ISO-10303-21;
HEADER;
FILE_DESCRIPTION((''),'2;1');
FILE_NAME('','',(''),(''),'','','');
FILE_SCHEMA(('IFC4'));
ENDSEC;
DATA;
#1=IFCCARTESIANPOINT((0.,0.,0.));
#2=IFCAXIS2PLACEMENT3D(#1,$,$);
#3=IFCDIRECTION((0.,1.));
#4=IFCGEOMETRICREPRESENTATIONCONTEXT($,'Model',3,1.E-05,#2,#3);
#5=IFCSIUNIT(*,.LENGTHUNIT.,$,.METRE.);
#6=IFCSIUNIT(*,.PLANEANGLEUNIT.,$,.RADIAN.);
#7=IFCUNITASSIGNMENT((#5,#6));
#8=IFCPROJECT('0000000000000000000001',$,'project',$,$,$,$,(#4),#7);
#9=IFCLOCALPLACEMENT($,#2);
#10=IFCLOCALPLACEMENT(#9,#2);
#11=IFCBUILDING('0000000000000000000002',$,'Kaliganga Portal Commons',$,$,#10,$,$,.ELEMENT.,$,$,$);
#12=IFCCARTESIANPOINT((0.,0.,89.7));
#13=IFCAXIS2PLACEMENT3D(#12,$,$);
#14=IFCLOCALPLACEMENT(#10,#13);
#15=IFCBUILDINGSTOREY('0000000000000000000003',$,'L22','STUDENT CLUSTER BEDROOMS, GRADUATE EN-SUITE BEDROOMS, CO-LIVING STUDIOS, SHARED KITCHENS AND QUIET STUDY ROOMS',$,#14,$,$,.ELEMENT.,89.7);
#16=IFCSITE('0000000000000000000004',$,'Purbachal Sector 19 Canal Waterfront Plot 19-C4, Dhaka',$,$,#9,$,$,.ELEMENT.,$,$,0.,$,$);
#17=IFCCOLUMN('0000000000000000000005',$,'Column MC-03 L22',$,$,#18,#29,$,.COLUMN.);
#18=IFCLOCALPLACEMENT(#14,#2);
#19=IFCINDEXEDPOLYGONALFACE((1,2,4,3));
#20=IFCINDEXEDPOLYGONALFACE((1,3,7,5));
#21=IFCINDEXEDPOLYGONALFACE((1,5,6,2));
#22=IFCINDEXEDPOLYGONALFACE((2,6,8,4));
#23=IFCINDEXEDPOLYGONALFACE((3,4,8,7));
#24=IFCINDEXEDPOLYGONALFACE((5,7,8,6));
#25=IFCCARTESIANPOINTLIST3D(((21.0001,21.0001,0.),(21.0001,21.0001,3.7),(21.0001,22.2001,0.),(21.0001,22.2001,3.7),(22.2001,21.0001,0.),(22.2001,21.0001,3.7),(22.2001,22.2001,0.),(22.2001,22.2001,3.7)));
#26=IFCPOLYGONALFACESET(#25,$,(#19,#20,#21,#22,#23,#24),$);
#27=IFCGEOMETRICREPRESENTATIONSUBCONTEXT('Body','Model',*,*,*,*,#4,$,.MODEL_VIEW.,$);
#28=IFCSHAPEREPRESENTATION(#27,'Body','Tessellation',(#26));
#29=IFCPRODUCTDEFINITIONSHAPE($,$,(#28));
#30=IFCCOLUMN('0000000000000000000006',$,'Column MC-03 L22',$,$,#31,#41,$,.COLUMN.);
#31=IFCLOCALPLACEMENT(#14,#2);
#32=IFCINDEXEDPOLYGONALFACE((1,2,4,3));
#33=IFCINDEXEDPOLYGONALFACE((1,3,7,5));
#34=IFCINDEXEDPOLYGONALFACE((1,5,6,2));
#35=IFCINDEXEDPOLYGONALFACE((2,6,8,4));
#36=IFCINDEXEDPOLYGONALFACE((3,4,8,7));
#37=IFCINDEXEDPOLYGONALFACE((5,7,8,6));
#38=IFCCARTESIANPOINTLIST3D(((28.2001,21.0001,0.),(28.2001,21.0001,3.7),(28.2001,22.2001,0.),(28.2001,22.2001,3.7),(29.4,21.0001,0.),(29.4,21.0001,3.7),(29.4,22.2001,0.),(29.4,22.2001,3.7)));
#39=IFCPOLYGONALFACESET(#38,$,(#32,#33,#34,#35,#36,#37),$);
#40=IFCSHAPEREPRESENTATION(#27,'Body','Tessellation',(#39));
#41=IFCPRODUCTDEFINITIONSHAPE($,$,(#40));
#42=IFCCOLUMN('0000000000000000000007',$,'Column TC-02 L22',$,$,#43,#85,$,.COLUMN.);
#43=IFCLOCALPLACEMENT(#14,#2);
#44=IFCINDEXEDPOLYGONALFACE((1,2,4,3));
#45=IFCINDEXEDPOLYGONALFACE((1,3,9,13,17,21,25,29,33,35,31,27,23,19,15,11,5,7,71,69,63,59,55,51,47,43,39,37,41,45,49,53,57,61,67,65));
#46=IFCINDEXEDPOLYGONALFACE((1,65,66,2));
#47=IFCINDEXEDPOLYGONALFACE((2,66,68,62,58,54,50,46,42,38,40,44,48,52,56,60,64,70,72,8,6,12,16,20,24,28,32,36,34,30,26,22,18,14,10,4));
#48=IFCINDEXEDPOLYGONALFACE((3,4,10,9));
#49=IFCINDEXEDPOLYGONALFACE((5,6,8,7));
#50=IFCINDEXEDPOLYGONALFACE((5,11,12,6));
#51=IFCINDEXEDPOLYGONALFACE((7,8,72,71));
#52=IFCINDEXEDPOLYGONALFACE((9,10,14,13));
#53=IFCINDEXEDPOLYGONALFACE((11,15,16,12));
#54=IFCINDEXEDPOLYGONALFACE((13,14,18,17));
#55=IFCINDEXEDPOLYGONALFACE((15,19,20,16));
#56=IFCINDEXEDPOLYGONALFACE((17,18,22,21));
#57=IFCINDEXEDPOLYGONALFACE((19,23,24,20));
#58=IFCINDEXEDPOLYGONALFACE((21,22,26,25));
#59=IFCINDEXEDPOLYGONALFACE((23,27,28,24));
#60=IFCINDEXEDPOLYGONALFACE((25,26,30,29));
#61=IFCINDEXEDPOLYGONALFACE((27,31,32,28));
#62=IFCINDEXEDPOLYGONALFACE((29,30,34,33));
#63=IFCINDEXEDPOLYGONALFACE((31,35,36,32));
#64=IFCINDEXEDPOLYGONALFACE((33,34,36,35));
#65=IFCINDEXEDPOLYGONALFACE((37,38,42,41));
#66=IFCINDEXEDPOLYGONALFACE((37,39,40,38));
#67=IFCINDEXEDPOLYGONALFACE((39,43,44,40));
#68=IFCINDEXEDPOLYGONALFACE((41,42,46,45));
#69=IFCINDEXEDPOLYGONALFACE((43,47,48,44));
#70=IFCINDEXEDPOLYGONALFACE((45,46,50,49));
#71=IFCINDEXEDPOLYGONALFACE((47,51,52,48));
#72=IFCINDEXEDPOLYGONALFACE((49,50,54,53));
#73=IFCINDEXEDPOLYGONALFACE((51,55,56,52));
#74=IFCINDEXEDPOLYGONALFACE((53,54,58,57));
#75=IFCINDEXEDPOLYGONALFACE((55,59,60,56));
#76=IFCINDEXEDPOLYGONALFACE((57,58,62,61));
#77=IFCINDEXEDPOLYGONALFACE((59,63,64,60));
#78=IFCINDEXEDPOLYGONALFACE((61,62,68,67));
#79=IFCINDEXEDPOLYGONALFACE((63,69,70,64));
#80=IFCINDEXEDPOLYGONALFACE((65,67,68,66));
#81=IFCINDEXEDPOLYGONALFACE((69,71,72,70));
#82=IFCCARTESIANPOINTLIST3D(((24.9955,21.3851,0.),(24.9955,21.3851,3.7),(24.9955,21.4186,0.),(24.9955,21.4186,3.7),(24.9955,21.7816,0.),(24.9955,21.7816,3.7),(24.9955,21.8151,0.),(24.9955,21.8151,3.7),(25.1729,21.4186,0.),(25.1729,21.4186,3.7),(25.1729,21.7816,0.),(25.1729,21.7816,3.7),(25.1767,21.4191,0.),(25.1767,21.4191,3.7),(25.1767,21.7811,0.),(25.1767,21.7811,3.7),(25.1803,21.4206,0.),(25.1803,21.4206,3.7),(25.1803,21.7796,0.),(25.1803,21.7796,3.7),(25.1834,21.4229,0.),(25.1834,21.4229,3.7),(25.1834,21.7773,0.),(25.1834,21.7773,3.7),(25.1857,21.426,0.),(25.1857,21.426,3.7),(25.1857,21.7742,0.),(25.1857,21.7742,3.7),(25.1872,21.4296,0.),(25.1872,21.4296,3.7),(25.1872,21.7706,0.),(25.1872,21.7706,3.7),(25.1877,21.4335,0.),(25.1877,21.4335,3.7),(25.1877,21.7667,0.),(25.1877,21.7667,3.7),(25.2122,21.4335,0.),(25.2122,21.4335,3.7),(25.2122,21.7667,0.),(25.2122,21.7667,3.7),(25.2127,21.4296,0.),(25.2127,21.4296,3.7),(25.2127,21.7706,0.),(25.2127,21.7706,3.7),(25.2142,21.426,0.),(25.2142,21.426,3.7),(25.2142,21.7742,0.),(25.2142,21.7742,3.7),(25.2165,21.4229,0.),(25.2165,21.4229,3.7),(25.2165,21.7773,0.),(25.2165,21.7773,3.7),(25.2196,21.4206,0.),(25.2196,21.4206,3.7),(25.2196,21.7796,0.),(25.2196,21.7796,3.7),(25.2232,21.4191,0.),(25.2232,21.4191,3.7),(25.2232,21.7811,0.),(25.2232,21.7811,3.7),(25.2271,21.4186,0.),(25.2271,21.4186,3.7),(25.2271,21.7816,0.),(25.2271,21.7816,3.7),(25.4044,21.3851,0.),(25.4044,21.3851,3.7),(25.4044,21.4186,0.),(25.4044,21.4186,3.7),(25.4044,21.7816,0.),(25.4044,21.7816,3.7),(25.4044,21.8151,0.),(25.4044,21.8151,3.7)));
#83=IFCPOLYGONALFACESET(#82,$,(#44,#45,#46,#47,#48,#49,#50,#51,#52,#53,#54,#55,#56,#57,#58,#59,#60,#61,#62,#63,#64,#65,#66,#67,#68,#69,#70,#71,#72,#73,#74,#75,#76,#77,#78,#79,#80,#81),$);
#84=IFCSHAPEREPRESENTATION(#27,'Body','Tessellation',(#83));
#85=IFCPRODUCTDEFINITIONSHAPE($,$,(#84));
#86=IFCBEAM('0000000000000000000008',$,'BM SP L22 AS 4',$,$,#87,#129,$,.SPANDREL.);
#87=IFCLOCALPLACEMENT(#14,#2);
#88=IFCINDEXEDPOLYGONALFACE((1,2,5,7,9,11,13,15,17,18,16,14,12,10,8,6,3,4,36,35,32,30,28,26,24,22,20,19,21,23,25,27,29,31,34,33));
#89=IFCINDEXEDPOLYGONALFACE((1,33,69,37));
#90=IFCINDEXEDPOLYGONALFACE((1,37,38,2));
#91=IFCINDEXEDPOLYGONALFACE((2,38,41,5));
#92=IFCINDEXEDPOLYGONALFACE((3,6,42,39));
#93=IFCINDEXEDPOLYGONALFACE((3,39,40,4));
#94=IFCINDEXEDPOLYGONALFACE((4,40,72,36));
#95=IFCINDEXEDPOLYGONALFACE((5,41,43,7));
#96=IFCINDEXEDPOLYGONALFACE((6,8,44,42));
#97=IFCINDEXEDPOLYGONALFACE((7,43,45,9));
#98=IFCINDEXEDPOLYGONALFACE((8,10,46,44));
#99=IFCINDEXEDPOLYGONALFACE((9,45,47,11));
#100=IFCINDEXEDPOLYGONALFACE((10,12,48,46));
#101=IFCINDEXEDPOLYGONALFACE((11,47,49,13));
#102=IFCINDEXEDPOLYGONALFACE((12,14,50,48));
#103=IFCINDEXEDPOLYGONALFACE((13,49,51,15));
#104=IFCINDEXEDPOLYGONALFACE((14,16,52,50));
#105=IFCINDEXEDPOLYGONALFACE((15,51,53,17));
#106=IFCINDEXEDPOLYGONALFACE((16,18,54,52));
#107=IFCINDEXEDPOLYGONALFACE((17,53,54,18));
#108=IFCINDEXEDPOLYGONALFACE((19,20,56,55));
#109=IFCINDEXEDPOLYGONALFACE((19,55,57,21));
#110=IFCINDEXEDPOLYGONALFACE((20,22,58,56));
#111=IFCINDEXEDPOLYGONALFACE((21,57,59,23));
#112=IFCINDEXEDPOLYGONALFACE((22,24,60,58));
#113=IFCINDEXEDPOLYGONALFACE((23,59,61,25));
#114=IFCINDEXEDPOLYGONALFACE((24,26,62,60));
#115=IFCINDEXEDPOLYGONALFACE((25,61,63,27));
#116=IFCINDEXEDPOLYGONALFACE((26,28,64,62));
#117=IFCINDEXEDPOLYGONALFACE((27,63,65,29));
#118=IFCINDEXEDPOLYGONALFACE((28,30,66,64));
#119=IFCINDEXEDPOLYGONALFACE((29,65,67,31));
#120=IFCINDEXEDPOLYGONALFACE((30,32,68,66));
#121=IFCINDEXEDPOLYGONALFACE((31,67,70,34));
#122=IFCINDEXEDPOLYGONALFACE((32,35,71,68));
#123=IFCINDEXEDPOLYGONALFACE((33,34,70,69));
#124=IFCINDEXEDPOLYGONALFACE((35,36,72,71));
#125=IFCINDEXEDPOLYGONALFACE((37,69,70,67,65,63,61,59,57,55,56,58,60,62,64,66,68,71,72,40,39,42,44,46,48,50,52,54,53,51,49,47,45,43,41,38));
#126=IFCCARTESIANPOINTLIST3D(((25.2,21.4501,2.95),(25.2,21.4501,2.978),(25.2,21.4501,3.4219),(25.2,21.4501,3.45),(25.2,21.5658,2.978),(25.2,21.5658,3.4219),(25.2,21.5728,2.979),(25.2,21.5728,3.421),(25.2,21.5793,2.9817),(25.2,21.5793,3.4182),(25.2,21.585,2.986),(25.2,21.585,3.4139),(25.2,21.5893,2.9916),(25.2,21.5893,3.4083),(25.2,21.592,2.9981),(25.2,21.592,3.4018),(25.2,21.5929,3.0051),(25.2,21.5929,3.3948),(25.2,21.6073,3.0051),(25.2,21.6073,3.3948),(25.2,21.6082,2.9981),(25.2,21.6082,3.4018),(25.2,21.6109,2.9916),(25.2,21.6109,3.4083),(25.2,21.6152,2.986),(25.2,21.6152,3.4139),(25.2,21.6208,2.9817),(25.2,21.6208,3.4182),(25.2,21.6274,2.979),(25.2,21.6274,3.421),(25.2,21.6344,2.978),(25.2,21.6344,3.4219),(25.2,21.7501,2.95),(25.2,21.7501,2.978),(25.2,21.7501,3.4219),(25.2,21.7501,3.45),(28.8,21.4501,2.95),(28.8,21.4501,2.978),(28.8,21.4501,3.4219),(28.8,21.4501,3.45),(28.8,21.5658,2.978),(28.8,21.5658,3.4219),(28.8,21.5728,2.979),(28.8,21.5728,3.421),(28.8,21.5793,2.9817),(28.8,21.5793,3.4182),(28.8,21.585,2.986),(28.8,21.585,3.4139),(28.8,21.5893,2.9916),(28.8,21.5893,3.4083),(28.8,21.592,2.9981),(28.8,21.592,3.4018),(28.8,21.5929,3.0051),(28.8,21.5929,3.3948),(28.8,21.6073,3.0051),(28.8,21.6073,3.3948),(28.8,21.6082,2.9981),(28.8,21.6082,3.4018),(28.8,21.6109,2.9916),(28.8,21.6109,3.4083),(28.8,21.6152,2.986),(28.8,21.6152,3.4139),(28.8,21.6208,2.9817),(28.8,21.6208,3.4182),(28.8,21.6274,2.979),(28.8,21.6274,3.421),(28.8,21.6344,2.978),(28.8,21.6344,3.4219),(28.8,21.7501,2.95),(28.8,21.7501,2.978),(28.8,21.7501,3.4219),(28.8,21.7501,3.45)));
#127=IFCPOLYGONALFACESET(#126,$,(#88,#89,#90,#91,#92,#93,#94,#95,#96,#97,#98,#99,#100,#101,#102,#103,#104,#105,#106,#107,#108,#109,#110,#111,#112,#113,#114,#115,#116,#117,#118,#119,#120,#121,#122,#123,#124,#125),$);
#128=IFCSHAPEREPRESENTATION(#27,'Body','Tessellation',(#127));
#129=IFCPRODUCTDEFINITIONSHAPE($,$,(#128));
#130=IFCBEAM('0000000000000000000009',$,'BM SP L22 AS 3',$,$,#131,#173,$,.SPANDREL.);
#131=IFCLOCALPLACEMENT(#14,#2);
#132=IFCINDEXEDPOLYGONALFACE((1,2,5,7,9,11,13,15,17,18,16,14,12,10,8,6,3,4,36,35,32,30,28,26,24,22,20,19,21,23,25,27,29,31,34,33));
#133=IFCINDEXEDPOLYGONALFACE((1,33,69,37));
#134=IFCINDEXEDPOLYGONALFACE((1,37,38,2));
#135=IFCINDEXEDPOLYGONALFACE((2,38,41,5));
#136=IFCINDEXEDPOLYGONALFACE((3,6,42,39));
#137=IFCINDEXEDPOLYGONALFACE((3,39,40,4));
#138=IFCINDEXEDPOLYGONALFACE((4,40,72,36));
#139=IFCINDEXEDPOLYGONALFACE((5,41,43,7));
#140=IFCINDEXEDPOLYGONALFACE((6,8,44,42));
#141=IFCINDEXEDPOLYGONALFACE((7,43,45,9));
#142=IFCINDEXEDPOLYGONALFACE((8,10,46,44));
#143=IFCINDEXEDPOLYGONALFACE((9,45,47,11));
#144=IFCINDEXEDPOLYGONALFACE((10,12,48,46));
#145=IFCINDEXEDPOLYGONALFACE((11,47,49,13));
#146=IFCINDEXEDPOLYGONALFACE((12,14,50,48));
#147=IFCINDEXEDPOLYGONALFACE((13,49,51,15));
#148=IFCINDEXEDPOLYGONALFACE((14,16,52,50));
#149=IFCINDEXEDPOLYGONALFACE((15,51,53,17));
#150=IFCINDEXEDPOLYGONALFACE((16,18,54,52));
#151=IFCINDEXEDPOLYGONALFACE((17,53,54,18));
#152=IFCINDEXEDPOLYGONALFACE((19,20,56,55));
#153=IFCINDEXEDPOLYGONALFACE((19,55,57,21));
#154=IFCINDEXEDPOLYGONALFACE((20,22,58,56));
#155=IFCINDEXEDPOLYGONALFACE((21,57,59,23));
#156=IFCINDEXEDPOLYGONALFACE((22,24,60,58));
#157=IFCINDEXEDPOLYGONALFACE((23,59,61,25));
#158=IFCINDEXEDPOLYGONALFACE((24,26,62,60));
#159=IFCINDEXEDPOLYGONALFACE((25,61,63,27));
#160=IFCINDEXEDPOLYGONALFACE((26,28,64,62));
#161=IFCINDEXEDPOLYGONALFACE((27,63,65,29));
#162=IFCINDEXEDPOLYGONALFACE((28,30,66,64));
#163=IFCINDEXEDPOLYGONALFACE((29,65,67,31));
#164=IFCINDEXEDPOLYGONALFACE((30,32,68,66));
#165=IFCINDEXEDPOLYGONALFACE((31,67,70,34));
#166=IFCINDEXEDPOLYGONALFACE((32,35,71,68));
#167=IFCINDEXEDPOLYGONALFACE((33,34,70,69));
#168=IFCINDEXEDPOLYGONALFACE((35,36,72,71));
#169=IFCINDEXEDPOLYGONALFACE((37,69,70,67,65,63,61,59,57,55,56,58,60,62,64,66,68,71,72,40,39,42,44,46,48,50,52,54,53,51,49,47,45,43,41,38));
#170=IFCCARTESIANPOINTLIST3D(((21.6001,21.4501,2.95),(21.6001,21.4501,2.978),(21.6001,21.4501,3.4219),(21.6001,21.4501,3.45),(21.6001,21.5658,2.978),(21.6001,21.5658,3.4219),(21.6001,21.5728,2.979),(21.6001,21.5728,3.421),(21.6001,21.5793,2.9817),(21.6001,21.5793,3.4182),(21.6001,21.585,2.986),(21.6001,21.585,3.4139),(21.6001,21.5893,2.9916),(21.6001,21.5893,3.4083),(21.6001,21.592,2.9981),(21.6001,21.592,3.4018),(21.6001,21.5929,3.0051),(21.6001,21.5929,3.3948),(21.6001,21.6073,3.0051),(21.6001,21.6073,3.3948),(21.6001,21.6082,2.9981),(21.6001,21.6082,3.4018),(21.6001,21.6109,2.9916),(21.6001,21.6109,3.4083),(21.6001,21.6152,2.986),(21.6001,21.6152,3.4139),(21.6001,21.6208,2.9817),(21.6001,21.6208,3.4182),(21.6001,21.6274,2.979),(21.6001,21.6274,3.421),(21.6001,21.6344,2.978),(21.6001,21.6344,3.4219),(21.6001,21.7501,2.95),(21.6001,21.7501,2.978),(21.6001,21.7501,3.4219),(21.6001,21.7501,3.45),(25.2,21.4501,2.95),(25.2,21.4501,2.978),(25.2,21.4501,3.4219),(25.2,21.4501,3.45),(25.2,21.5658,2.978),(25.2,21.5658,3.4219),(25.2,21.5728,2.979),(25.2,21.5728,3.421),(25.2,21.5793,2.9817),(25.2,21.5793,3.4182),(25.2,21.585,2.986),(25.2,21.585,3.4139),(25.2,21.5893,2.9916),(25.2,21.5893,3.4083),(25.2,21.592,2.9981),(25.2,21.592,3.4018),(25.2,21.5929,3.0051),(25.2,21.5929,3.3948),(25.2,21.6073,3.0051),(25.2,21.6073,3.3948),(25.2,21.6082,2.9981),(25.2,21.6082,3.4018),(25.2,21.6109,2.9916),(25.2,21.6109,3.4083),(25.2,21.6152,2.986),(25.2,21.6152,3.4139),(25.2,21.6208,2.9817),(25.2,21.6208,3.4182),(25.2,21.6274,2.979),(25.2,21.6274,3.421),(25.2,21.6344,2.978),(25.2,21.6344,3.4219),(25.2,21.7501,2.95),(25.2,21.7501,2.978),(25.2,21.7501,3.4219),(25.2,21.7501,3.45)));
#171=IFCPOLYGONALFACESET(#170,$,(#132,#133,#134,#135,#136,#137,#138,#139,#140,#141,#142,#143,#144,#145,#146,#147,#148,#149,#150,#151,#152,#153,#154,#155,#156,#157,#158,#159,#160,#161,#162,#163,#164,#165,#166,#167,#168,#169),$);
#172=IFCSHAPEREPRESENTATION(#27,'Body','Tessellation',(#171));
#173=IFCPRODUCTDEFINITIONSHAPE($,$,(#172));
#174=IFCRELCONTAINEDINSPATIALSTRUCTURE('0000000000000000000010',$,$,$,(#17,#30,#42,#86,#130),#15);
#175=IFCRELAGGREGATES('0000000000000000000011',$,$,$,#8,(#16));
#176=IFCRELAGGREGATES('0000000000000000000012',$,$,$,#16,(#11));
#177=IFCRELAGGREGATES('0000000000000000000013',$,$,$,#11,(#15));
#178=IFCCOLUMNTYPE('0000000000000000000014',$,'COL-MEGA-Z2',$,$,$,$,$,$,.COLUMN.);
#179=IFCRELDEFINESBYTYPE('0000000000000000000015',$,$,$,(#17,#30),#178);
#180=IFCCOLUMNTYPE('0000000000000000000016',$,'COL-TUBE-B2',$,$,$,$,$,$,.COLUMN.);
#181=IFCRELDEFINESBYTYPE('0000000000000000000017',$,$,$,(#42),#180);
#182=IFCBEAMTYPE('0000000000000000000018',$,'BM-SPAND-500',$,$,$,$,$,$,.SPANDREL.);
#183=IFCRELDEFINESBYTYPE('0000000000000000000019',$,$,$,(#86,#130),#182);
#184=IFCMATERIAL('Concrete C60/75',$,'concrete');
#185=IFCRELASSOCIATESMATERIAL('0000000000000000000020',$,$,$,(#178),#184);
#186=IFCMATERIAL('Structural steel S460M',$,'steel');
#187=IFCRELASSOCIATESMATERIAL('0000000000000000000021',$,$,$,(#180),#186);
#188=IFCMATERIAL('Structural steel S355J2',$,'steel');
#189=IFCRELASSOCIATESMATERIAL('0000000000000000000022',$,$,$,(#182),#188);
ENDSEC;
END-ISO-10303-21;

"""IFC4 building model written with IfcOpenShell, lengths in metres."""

from ifc_helpers import new_model, si_unit, direction, frame, origin, origin_2d, place, context, subcontext, project, spatial, rectangle, i_section, extrude, source, transform, mapped, material, material_profile, profile_set, type_object, element, save


model = new_model("IFC4")

# Units and contexts
model_context = context("Model", 3, precision=1e-05, world=origin(), true_north=direction((0.0, 1.0)))
body_context = subcontext(model_context, "Body", "Model", "MODEL_VIEW")
ifc_project = project(units=[si_unit("LENGTHUNIT", "METRE"), si_unit("PLANEANGLEUNIT", "RADIAN")], contexts=[model_context])

# Site, building, storey
site_placement = place(None, origin())
site = spatial("IfcSite", under=ifc_project, at=site_placement, Name="Purbachal Sector 19 Canal Waterfront Plot 19-C4, Dhaka", CompositionType="ELEMENT", RefElevation=0.0)
building_placement = place(site_placement, origin())
building = spatial("IfcBuilding", under=site, at=building_placement, Name="Kaliganga Portal Commons", CompositionType="ELEMENT")
storey_placement = place(building_placement, frame((0.0, 0.0, 89.7)))
storey = spatial("IfcBuildingStorey", under=building, at=storey_placement, Name="L22", Description="STUDENT CLUSTER BEDROOMS, GRADUATE EN-SUITE BEDROOMS, CO-LIVING STUDIOS, SHARED KITCHENS AND QUIET STUDY ROOMS", CompositionType="ELEMENT", Elevation=89.7)

# Columns
ifc_material_1 = material(Name="Concrete C60/75", Category="concrete")
ifc_material_profile_1 = material_profile(ifc_material_1, rectangle(XDim=1.2, YDim=1.2, at=origin_2d()), Name="RC 1200x1200")
ifc_profile_set_1 = profile_set([ifc_material_profile_1], Name="Concrete C60/75")
column_type_1 = type_object("IfcColumnType", Name="COL-MEGA-Z2", PredefinedType="COLUMN", material=ifc_profile_set_1)
shared_shape_1 = source(origin(), body_context, "Body", "SweptSolid", [
    extrude(rectangle(XDim=1.2, YDim=1.2, at=origin_2d()), origin(), (0.0, 0.0, 1.0), 3.7),
])
for number, where, z_axis, x_axis, name in (
    (1, (21.6001, 21.6001, 0.0), (0.0, 0.0, 1.0), (1.0, 0.0, 0.0), "Column MC-03 L22"),
    (2, (28.8, 21.6001, 0.0), (0.0, 0.0, 1.0), (1.0, 0.0, 0.0), "Column MC-03 L22"),
):
    element("IfcColumn", number, at=place(storey_placement, frame(where, z_axis=z_axis, x_axis=x_axis)), inside=storey, type_object=column_type_1, Name=name, PredefinedType="COLUMN", context=body_context, shape_type="MappedRepresentation", body=[
        mapped(shared_shape_1, transform((0.0, 0.0, 0.0), x_axis=(1.0, 0.0, 0.0), y_axis=(0.0, 1.0, 0.0), z_axis=(0.0, 0.0, 1.0), scale=1.0)),
    ])
ifc_material_2 = material(Name="Structural steel S460M", Category="steel")
ifc_material_profile_2 = material_profile(ifc_material_2, i_section(OverallWidth=0.4089, OverallDepth=0.4299, WebThickness=0.0244, FlangeThickness=0.0334, FilletRadius=0.0149, at=origin_2d()), Name="HD 400x421")
ifc_profile_set_2 = profile_set([ifc_material_profile_2], Name="Structural steel S460M wide-flange")
column_type_2 = type_object("IfcColumnType", Name="COL-TUBE-B2", PredefinedType="COLUMN", material=ifc_profile_set_2)
shared_shape_2 = source(origin(), body_context, "Body", "SweptSolid", [
    extrude(i_section(OverallWidth=0.4089, OverallDepth=0.4299, WebThickness=0.0244, FlangeThickness=0.0334, FilletRadius=0.0149, at=origin_2d()), origin(), (0.0, 0.0, 1.0), 3.7),
])
column_placement = place(storey_placement, frame((25.2, 21.6001, 0.0), z_axis=(0.0, 0.0, 1.0), x_axis=(1.0, 0.0, 0.0)))
element("IfcColumn", 3, at=column_placement, inside=storey, type_object=column_type_2, Name="Column TC-02 L22", PredefinedType="COLUMN", context=body_context, shape_type="MappedRepresentation", body=[
    mapped(shared_shape_2, transform((0.0, 0.0, 0.0), x_axis=(1.0, 0.0, 0.0), y_axis=(0.0, 1.0, 0.0), z_axis=(0.0, 0.0, 1.0), scale=1.0)),
])

# Beams
ifc_material_3 = material(Name="Structural steel S355J2", Category="steel")
ifc_material_profile_3 = material_profile(ifc_material_3, i_section(OverallWidth=0.3, OverallDepth=0.5, WebThickness=0.0144, FlangeThickness=0.0281, FilletRadius=0.0271, at=origin_2d()), Name="HE 500 B")
ifc_profile_set_3 = profile_set([ifc_material_profile_3], Name="Structural steel S355J2 wide-flange")
beam_type_1 = type_object("IfcBeamType", Name="BM-SPAND-500", PredefinedType="SPANDREL", material=ifc_profile_set_3)
shared_shape_3 = source(origin(), body_context, "Body", "SweptSolid", [
    extrude(i_section(OverallWidth=0.3, OverallDepth=0.5, WebThickness=0.0144, FlangeThickness=0.0281, FilletRadius=0.0271, at=origin_2d()), origin(), (0.0, 0.0, 1.0), 3.6001),
])
beam_1_placement = place(storey_placement, frame((25.2, 21.6001, 3.2), z_axis=(1.0, 0.0, 0.0), x_axis=(0.0, 1.0, 0.0)))
element("IfcBeam", 4, at=beam_1_placement, inside=storey, type_object=beam_type_1, Name="BM SP L22 AS 4", PredefinedType="SPANDREL", context=body_context, shape_type="MappedRepresentation", body=[
    mapped(shared_shape_3, transform((0.0, 0.0, 0.0), x_axis=(1.0, 0.0, 0.0), y_axis=(0.0, 1.0, 0.0), z_axis=(0.0, 0.0, 1.0), scale=1.0)),
])
shared_shape_4 = source(origin(), body_context, "Body", "SweptSolid", [
    extrude(i_section(OverallWidth=0.3, OverallDepth=0.5, WebThickness=0.0144, FlangeThickness=0.0281, FilletRadius=0.0271, at=origin_2d()), origin(), (0.0, 0.0, 1.0), 3.5999),
])
for number, where, z_axis, x_axis, name in (
    (5, (21.6001, 21.6001, 3.2), (1.0, 0.0, 0.0), (0.0, 1.0, 0.0), "BM SP L22 AS 3"),
):
    element("IfcBeam", number, at=place(storey_placement, frame(where, z_axis=z_axis, x_axis=x_axis)), inside=storey, type_object=beam_type_1, Name=name, PredefinedType="SPANDREL", context=body_context, shape_type="MappedRepresentation", body=[
        mapped(shared_shape_4, transform((0.0, 0.0, 0.0), x_axis=(1.0, 0.0, 0.0), y_axis=(0.0, 1.0, 0.0), z_axis=(0.0, 0.0, 1.0), scale=1.0)),
    ])

save(model, "model.ifc")
